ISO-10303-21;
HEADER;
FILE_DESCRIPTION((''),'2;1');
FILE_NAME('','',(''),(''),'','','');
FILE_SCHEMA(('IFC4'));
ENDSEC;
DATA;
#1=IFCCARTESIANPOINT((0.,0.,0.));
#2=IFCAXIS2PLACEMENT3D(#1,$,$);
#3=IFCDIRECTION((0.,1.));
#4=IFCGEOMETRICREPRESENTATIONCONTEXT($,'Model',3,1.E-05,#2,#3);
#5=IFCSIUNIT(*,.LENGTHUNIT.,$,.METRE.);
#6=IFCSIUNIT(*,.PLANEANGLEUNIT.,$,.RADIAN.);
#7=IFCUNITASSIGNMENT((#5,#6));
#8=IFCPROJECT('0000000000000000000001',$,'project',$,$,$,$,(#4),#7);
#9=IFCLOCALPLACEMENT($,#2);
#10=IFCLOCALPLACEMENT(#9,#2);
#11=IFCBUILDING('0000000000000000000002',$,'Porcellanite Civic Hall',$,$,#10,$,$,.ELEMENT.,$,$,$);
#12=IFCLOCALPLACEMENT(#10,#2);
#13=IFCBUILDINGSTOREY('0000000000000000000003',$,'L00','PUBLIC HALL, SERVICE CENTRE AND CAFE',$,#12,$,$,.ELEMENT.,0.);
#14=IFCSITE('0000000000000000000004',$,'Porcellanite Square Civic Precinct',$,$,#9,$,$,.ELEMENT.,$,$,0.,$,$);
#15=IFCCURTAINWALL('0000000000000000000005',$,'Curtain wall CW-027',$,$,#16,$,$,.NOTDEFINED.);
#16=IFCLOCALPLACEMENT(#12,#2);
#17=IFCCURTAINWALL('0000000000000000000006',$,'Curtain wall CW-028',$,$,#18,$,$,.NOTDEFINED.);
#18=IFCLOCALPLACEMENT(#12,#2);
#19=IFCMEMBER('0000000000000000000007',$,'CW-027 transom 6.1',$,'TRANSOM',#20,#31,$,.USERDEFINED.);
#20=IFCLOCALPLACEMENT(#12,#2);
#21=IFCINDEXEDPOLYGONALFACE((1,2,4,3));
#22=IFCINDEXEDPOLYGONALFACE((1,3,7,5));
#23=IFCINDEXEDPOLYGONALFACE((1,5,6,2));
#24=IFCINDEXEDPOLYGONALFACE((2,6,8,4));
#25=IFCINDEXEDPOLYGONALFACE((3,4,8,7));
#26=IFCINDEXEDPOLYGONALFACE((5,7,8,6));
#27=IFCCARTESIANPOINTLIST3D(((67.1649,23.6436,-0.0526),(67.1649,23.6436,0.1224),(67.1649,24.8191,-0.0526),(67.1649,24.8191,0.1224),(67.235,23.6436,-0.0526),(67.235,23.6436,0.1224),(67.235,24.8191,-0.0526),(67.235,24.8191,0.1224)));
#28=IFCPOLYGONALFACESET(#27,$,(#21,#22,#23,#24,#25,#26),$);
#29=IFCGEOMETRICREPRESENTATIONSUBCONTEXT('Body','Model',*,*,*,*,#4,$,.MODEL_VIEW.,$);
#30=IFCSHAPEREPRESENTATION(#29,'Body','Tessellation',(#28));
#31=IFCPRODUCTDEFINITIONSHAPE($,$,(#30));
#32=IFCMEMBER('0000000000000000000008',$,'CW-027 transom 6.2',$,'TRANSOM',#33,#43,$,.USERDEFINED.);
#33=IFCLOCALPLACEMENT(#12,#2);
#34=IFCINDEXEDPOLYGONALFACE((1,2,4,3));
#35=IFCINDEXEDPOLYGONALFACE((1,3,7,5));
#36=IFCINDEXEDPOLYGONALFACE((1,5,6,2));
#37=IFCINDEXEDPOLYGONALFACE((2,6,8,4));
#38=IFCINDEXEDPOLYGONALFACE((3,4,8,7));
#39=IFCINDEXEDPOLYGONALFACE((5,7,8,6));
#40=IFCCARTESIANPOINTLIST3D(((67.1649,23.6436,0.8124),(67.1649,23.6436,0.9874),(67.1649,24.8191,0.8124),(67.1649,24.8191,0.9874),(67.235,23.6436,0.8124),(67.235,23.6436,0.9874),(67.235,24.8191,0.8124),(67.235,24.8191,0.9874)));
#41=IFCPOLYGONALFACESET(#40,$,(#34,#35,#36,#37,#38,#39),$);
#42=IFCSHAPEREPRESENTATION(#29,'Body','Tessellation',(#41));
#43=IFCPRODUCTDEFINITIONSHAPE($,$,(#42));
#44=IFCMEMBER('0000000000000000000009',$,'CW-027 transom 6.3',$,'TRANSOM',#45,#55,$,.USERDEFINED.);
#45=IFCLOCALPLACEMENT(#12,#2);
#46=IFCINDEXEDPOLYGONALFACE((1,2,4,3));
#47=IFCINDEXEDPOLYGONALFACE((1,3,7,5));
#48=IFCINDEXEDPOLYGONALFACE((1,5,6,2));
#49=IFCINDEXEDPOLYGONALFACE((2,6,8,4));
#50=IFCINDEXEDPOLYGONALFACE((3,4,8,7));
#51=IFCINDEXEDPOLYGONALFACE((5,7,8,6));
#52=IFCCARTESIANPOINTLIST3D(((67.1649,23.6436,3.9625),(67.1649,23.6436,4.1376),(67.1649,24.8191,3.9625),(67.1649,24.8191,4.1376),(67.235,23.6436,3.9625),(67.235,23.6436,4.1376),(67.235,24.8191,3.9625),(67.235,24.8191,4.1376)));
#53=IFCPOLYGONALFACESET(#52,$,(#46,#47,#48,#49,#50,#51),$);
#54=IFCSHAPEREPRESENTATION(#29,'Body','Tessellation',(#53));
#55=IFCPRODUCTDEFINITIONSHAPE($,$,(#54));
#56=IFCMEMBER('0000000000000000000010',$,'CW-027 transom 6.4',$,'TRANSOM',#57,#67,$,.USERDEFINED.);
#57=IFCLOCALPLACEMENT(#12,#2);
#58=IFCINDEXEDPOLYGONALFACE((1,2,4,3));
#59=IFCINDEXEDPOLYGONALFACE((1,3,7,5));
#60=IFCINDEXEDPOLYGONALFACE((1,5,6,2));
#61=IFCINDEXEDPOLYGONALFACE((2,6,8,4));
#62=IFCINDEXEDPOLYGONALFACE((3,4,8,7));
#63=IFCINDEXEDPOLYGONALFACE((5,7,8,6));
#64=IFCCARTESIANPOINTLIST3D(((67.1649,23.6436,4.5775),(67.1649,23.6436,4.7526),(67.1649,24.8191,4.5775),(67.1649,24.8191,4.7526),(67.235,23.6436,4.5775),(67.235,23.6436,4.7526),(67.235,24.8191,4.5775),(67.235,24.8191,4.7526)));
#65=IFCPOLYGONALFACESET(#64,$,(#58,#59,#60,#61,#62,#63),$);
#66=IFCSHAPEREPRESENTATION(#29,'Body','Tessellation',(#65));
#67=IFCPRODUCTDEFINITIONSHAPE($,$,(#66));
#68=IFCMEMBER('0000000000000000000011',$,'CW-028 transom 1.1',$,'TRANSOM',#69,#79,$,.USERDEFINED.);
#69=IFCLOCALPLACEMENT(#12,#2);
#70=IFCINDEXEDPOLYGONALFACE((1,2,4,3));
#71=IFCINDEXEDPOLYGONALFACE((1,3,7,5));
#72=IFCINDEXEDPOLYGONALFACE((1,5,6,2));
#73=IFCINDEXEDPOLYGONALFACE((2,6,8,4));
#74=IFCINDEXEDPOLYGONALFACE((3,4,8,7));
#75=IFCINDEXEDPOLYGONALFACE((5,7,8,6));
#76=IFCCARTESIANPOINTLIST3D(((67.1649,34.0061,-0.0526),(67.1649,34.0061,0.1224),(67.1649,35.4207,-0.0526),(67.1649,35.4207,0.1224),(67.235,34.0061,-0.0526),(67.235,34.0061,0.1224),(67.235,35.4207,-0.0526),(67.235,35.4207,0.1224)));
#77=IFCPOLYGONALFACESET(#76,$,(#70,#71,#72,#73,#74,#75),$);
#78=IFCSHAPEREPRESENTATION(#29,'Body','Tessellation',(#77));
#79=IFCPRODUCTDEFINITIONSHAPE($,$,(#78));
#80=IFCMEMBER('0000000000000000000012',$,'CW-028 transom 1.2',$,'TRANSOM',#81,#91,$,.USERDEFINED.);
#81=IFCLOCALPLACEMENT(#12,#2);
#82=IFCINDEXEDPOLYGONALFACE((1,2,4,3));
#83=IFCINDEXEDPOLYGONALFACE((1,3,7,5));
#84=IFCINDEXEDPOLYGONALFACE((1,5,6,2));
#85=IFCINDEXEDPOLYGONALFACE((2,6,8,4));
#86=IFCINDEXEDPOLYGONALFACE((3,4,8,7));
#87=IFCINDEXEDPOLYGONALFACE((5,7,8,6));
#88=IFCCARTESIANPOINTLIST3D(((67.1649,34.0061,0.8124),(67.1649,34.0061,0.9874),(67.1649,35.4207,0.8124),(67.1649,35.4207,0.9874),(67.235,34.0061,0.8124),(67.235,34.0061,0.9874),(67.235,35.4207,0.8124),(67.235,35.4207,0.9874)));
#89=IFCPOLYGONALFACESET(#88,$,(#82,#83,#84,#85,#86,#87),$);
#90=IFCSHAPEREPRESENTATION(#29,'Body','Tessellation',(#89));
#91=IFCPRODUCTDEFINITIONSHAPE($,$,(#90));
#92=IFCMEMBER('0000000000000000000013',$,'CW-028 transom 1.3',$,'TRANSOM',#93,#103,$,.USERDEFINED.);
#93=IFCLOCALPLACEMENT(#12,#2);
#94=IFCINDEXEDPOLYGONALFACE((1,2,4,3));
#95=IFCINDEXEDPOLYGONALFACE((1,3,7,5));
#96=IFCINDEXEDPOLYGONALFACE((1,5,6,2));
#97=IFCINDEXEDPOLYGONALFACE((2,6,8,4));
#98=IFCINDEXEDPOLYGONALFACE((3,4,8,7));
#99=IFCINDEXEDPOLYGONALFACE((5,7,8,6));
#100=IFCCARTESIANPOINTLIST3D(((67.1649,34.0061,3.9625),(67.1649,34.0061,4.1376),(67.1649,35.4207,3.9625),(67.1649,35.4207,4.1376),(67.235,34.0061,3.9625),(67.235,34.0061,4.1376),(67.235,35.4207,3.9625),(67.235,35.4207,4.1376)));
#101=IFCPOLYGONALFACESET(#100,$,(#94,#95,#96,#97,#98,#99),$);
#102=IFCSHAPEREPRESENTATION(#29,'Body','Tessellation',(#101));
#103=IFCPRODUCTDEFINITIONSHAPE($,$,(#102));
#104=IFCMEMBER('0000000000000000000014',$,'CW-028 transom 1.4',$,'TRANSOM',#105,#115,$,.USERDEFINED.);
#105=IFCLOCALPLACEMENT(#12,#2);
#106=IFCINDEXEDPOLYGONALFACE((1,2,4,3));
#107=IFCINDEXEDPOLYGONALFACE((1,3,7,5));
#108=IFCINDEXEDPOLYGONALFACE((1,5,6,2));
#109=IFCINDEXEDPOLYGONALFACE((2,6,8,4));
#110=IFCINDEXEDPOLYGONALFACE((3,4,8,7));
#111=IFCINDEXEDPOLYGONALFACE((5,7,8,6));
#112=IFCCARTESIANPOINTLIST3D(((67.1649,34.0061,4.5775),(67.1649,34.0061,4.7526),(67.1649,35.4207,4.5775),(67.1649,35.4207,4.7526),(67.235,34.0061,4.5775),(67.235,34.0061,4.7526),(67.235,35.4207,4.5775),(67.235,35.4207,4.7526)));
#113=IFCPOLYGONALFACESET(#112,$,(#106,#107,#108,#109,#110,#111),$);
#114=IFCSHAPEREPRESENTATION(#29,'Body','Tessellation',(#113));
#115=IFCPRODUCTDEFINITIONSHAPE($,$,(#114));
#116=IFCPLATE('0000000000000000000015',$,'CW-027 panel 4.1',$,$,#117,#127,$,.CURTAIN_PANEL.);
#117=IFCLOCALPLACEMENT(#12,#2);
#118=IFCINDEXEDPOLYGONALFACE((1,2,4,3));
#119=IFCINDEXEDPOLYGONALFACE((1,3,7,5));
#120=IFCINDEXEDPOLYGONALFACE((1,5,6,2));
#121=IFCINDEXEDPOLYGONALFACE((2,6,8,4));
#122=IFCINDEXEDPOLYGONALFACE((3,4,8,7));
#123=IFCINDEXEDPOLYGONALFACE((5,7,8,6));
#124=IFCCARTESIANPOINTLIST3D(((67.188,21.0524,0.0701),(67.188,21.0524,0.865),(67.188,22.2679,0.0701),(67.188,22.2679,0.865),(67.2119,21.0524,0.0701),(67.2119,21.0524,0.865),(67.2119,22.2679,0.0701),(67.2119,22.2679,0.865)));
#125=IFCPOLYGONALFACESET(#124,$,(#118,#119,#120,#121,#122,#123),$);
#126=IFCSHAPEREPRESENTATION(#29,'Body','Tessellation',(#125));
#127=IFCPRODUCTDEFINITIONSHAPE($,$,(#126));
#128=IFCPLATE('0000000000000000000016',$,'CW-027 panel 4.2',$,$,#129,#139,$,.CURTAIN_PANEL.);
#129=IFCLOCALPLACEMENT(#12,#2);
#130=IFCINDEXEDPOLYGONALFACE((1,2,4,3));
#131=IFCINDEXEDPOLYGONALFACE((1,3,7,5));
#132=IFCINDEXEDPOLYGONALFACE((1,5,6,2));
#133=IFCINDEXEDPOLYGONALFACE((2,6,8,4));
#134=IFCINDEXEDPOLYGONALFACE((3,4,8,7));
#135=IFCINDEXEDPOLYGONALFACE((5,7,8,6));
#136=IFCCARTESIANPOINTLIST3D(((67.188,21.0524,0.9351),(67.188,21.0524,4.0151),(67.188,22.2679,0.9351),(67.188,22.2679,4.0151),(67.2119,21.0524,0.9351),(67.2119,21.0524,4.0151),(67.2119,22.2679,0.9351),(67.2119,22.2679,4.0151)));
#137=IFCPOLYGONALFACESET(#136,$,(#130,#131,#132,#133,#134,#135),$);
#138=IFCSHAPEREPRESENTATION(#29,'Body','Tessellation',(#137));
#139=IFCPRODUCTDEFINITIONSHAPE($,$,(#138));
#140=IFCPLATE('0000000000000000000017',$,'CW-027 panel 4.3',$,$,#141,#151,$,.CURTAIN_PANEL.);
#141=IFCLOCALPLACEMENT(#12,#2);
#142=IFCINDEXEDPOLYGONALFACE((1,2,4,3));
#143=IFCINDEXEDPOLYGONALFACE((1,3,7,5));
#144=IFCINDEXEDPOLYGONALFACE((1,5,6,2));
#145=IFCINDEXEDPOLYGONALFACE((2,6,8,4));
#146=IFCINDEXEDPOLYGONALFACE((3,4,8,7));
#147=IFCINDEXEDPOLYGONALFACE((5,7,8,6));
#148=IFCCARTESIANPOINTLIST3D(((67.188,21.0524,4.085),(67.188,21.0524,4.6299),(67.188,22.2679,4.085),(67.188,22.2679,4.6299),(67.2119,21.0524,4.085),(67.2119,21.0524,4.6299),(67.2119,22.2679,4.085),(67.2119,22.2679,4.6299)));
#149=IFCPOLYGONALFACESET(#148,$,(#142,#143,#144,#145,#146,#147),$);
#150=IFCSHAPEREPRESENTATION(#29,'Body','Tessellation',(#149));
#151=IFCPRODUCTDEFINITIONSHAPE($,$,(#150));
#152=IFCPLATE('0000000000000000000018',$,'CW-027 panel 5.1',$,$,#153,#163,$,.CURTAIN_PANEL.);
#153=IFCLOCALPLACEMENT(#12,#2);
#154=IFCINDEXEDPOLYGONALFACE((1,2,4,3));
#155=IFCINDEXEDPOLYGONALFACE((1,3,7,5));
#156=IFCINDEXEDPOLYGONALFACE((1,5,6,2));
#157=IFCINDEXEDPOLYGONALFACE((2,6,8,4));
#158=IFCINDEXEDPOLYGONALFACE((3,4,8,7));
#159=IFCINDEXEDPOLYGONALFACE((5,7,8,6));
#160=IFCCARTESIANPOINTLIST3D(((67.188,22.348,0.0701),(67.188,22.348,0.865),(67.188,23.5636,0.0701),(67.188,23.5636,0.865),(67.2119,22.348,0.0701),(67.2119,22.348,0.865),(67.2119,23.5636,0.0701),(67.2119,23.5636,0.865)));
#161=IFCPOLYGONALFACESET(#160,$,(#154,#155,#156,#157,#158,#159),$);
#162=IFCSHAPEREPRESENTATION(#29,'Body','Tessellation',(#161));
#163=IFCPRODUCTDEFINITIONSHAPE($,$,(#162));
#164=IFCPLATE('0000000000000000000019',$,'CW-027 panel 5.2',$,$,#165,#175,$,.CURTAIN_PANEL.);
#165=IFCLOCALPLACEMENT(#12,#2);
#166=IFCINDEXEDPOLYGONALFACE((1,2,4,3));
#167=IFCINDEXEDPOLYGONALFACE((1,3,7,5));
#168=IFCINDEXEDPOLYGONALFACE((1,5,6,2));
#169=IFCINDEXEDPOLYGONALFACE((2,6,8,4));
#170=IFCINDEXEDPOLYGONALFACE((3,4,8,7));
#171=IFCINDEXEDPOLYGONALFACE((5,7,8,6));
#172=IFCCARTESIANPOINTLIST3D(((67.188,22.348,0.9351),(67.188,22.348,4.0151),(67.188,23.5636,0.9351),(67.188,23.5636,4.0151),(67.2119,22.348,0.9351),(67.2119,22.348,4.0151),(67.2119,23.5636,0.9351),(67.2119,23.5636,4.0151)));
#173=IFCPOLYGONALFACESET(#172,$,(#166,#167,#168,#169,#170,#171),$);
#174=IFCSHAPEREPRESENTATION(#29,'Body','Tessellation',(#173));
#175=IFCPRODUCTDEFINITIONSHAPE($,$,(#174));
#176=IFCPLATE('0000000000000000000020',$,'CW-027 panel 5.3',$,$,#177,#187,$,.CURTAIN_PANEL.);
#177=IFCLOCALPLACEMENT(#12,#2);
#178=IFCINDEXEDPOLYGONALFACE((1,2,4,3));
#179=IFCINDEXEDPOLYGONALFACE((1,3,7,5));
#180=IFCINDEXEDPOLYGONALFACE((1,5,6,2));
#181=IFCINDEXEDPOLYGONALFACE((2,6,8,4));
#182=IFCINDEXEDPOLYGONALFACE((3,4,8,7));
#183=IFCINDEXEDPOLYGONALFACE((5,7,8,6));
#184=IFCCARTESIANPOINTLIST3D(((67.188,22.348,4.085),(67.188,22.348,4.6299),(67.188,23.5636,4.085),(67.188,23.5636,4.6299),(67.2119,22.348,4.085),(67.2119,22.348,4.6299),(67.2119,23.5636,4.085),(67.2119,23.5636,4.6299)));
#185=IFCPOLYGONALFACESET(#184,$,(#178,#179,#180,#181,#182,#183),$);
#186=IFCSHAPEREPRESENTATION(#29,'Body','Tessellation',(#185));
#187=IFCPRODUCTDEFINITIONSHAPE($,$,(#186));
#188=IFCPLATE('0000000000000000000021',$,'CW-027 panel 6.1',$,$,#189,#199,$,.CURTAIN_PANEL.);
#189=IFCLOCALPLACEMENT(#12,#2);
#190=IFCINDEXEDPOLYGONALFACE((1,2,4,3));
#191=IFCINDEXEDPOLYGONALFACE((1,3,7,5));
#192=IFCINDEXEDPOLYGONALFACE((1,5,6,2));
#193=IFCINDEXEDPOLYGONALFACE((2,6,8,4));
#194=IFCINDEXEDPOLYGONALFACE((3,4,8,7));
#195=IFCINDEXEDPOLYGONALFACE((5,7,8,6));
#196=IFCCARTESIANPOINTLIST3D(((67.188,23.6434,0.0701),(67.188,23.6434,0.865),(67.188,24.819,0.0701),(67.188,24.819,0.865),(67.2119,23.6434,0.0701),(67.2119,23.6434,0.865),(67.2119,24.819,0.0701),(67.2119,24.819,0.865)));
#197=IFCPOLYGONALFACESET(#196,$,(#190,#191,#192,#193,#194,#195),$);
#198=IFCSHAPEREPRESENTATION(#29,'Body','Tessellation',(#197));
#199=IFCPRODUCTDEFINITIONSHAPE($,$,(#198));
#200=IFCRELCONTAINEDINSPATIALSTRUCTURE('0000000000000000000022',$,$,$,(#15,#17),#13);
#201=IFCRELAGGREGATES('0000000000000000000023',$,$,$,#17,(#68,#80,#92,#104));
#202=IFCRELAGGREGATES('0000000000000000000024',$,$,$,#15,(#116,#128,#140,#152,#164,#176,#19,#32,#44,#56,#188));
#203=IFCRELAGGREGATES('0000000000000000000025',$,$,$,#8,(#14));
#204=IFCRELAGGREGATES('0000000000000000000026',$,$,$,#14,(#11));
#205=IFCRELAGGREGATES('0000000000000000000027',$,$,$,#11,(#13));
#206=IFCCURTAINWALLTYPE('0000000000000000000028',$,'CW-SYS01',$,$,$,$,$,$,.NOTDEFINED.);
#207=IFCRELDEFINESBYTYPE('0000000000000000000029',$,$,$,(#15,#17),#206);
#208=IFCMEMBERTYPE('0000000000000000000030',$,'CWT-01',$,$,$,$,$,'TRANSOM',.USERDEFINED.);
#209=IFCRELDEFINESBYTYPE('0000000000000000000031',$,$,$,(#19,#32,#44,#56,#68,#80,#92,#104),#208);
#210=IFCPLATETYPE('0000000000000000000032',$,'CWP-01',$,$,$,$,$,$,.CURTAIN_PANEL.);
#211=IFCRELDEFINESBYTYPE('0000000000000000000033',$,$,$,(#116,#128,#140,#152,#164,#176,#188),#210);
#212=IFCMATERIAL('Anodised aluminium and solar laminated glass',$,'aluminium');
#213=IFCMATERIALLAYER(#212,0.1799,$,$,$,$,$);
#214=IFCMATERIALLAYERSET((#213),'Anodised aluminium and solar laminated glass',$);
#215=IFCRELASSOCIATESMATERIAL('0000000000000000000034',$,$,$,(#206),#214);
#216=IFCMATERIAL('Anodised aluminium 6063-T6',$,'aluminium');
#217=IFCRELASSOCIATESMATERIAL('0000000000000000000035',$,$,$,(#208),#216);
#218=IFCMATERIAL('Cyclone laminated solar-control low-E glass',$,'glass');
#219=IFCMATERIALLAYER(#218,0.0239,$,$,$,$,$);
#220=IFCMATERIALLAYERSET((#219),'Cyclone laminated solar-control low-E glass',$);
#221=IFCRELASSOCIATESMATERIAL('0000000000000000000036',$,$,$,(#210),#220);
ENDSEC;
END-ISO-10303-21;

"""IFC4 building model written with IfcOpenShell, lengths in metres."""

from ifc_helpers import new_model, si_unit, direction, frame, origin, origin_2d, place, context, subcontext, project, spatial, rectangle, extrude, material, layer, layer_set, material_profile, profile_set, type_object, element, aggregate, save


model = new_model("IFC4")

# Units and contexts
model_context = context("Model", 3, precision=1e-05, world=origin(), true_north=direction((0.0, 1.0)))
body_context = subcontext(model_context, "Body", "Model", "MODEL_VIEW")
ifc_project = project(units=[si_unit("LENGTHUNIT", "METRE"), si_unit("PLANEANGLEUNIT", "RADIAN")], contexts=[model_context])

# Site, building, storey
site_placement = place(None, origin())
site = spatial("IfcSite", under=ifc_project, at=site_placement, Name="Porcellanite Square Civic Precinct", CompositionType="ELEMENT", RefElevation=0.0)
building_placement = place(site_placement, origin())
building = spatial("IfcBuilding", under=site, at=building_placement, Name="Porcellanite Civic Hall", CompositionType="ELEMENT")
storey_placement = place(building_placement, origin())
storey = spatial("IfcBuildingStorey", under=building, at=storey_placement, Name="L00", Description="PUBLIC HALL, SERVICE CENTRE AND CAFE", CompositionType="ELEMENT", Elevation=0.0)

# Curtain wall
ifc_material_1 = material(Name="Anodised aluminium and solar laminated glass", Category="aluminium")
ifc_layer_1 = layer(ifc_material_1, 0.1799)
ifc_layer_set_1 = layer_set([ifc_layer_1], Name="Anodised aluminium and solar laminated glass")
curtain_wall_type = type_object("IfcCurtainWallType", Name="CW-SYS01", PredefinedType="NOTDEFINED", material=ifc_layer_set_1)
curtain_wall_1_placement = place(storey_placement, origin())
curtain_wall_1 = element("IfcCurtainWall", 1, at=curtain_wall_1_placement, inside=storey, type_object=curtain_wall_type, Name="Curtain wall CW-027", PredefinedType="NOTDEFINED")

# Curtain wall
curtain_wall_2_placement = place(storey_placement, origin())
curtain_wall_2 = element("IfcCurtainWall", 2, at=curtain_wall_2_placement, inside=storey, type_object=curtain_wall_type, Name="Curtain wall CW-028", PredefinedType="NOTDEFINED")

# Members
ifc_material_2 = material(Name="Anodised aluminium 6063-T6", Category="aluminium")
ifc_material_profile_1 = material_profile(ifc_material_2, rectangle(XDim=0.0701, YDim=0.175, at=origin_2d()), Name="AL-70x175")
ifc_profile_set_1 = profile_set([ifc_material_profile_1], Name="Anodised aluminium 6063-T6")
member_type_1 = type_object("IfcMemberType", Name="CWT-01", ElementType="TRANSOM", PredefinedType="USERDEFINED", material=ifc_profile_set_1)
member_1_placement = place(storey_placement, frame((67.2, 23.6436, 0.0349), z_axis=(0.0, 1.0, 0.0), x_axis=(-1.0, 0.0, 0.0)))
member_1 = element("IfcMember", 3, at=member_1_placement, type_object=member_type_1, Name="CW-027 transom 6.1", ObjectType="TRANSOM", PredefinedType="USERDEFINED", context=body_context, shape_type="SweptSolid", body=[
    extrude(rectangle(XDim=0.0701, YDim=0.175, at=origin_2d()), origin(), (0.0, 0.0, 1.0), 1.1755),
])
member_2_placement = place(storey_placement, frame((67.2, 23.6436, 0.8999), z_axis=(0.0, 1.0, 0.0), x_axis=(-1.0, 0.0, 0.0)))
member_2 = element("IfcMember", 4, at=member_2_placement, type_object=member_type_1, Name="CW-027 transom 6.2", ObjectType="TRANSOM", PredefinedType="USERDEFINED", context=body_context, shape_type="SweptSolid", body=[
    extrude(rectangle(XDim=0.0701, YDim=0.175, at=origin_2d()), origin(), (0.0, 0.0, 1.0), 1.1755),
])
member_3_placement = place(storey_placement, frame((67.2, 23.6436, 4.05), z_axis=(0.0, 1.0, 0.0), x_axis=(-1.0, 0.0, 0.0)))
member_3 = element("IfcMember", 5, at=member_3_placement, type_object=member_type_1, Name="CW-027 transom 6.3", ObjectType="TRANSOM", PredefinedType="USERDEFINED", context=body_context, shape_type="SweptSolid", body=[
    extrude(rectangle(XDim=0.0701, YDim=0.175, at=origin_2d()), origin(), (0.0, 0.0, 1.0), 1.1755),
])
member_4_placement = place(storey_placement, frame((67.2, 23.6436, 4.665), z_axis=(0.0, 1.0, 0.0), x_axis=(-1.0, 0.0, 0.0)))
member_4 = element("IfcMember", 6, at=member_4_placement, type_object=member_type_1, Name="CW-027 transom 6.4", ObjectType="TRANSOM", PredefinedType="USERDEFINED", context=body_context, shape_type="SweptSolid", body=[
    extrude(rectangle(XDim=0.0701, YDim=0.175, at=origin_2d()), origin(), (0.0, 0.0, 1.0), 1.1755),
])
member_5_placement = place(storey_placement, frame((67.2, 34.0061, 0.0349), z_axis=(0.0, 1.0, 0.0), x_axis=(-1.0, 0.0, 0.0)))
member_5 = element("IfcMember", 7, at=member_5_placement, type_object=member_type_1, Name="CW-028 transom 1.1", ObjectType="TRANSOM", PredefinedType="USERDEFINED", context=body_context, shape_type="SweptSolid", body=[
    extrude(rectangle(XDim=0.0701, YDim=0.175, at=origin_2d()), origin(), (0.0, 0.0, 1.0), 1.4146),
])
member_6_placement = place(storey_placement, frame((67.2, 34.0061, 0.8999), z_axis=(0.0, 1.0, 0.0), x_axis=(-1.0, 0.0, 0.0)))
member_6 = element("IfcMember", 8, at=member_6_placement, type_object=member_type_1, Name="CW-028 transom 1.2", ObjectType="TRANSOM", PredefinedType="USERDEFINED", context=body_context, shape_type="SweptSolid", body=[
    extrude(rectangle(XDim=0.0701, YDim=0.175, at=origin_2d()), origin(), (0.0, 0.0, 1.0), 1.4146),
])
member_7_placement = place(storey_placement, frame((67.2, 34.0061, 4.05), z_axis=(0.0, 1.0, 0.0), x_axis=(-1.0, 0.0, 0.0)))
member_7 = element("IfcMember", 9, at=member_7_placement, type_object=member_type_1, Name="CW-028 transom 1.3", ObjectType="TRANSOM", PredefinedType="USERDEFINED", context=body_context, shape_type="SweptSolid", body=[
    extrude(rectangle(XDim=0.0701, YDim=0.175, at=origin_2d()), origin(), (0.0, 0.0, 1.0), 1.4146),
])
member_8_placement = place(storey_placement, frame((67.2, 34.0061, 4.665), z_axis=(0.0, 1.0, 0.0), x_axis=(-1.0, 0.0, 0.0)))
member_8 = element("IfcMember", 10, at=member_8_placement, type_object=member_type_1, Name="CW-028 transom 1.4", ObjectType="TRANSOM", PredefinedType="USERDEFINED", context=body_context, shape_type="SweptSolid", body=[
    extrude(rectangle(XDim=0.0701, YDim=0.175, at=origin_2d()), origin(), (0.0, 0.0, 1.0), 1.4146),
])
aggregate(curtain_wall_2, [member_5, member_6, member_7, member_8])

# Plates
ifc_material_3 = material(Name="Cyclone laminated solar-control low-E glass", Category="glass")
ifc_layer_2 = layer(ifc_material_3, 0.0239)
ifc_layer_set_2 = layer_set([ifc_layer_2], Name="Cyclone laminated solar-control low-E glass")
plate_type = type_object("IfcPlateType", Name="CWP-01", PredefinedType="CURTAIN_PANEL", material=ifc_layer_set_2)
plate_1_placement = place(storey_placement, frame((67.2, 21.6602, 0.0701), z_axis=(0.0, 0.0, 1.0), x_axis=(0.0, 1.0, 0.0)))
plate_1 = element("IfcPlate", 11, at=plate_1_placement, type_object=plate_type, Name="CW-027 panel 4.1", PredefinedType="CURTAIN_PANEL", context=body_context, shape_type="SweptSolid", body=[
    extrude(rectangle(XDim=1.2156, YDim=0.0239, at=origin_2d()), origin(), (0.0, 0.0, 1.0), 0.7949),
])
plate_2_placement = place(storey_placement, frame((67.2, 21.6602, 0.9351), z_axis=(0.0, 0.0, 1.0), x_axis=(0.0, 1.0, 0.0)))
plate_2 = element("IfcPlate", 12, at=plate_2_placement, type_object=plate_type, Name="CW-027 panel 4.2", PredefinedType="CURTAIN_PANEL", context=body_context, shape_type="SweptSolid", body=[
    extrude(rectangle(XDim=1.2156, YDim=0.0239, at=origin_2d()), origin(), (0.0, 0.0, 1.0), 3.0801),
])
plate_3_placement = place(storey_placement, frame((67.2, 21.6602, 4.085), z_axis=(0.0, 0.0, 1.0), x_axis=(0.0, 1.0, 0.0)))
plate_3 = element("IfcPlate", 13, at=plate_3_placement, type_object=plate_type, Name="CW-027 panel 4.3", PredefinedType="CURTAIN_PANEL", context=body_context, shape_type="SweptSolid", body=[
    extrude(rectangle(XDim=1.2156, YDim=0.0239, at=origin_2d()), origin(), (0.0, 0.0, 1.0), 0.5449),
])
plate_4_placement = place(storey_placement, frame((67.2, 22.9558, 0.0701), z_axis=(0.0, 0.0, 1.0), x_axis=(0.0, 1.0, 0.0)))
plate_4 = element("IfcPlate", 14, at=plate_4_placement, type_object=plate_type, Name="CW-027 panel 5.1", PredefinedType="CURTAIN_PANEL", context=body_context, shape_type="SweptSolid", body=[
    extrude(rectangle(XDim=1.2156, YDim=0.0239, at=origin_2d()), origin(), (0.0, 0.0, 1.0), 0.7949),
])
plate_5_placement = place(storey_placement, frame((67.2, 22.9558, 0.9351), z_axis=(0.0, 0.0, 1.0), x_axis=(0.0, 1.0, 0.0)))
plate_5 = element("IfcPlate", 15, at=plate_5_placement, type_object=plate_type, Name="CW-027 panel 5.2", PredefinedType="CURTAIN_PANEL", context=body_context, shape_type="SweptSolid", body=[
    extrude(rectangle(XDim=1.2156, YDim=0.0239, at=origin_2d()), origin(), (0.0, 0.0, 1.0), 3.0801),
])
plate_6_placement = place(storey_placement, frame((67.2, 22.9558, 4.085), z_axis=(0.0, 0.0, 1.0), x_axis=(0.0, 1.0, 0.0)))
plate_6 = element("IfcPlate", 16, at=plate_6_placement, type_object=plate_type, Name="CW-027 panel 5.3", PredefinedType="CURTAIN_PANEL", context=body_context, shape_type="SweptSolid", body=[
    extrude(rectangle(XDim=1.2156, YDim=0.0239, at=origin_2d()), origin(), (0.0, 0.0, 1.0), 0.5449),
])
plate_7_placement = place(storey_placement, frame((67.2, 24.2312, 0.0701), z_axis=(0.0, 0.0, 1.0), x_axis=(0.0, 1.0, 0.0)))
plate_7 = element("IfcPlate", 17, at=plate_7_placement, type_object=plate_type, Name="CW-027 panel 6.1", PredefinedType="CURTAIN_PANEL", context=body_context, shape_type="SweptSolid", body=[
    extrude(rectangle(XDim=1.1755, YDim=0.0239, at=origin_2d()), origin(), (0.0, 0.0, 1.0), 0.7949),
])
aggregate(curtain_wall_1, [plate_1, plate_2, plate_3, plate_4, plate_5, plate_6, member_1, member_2, member_3, member_4, plate_7])

save(model, "model.ifc")
